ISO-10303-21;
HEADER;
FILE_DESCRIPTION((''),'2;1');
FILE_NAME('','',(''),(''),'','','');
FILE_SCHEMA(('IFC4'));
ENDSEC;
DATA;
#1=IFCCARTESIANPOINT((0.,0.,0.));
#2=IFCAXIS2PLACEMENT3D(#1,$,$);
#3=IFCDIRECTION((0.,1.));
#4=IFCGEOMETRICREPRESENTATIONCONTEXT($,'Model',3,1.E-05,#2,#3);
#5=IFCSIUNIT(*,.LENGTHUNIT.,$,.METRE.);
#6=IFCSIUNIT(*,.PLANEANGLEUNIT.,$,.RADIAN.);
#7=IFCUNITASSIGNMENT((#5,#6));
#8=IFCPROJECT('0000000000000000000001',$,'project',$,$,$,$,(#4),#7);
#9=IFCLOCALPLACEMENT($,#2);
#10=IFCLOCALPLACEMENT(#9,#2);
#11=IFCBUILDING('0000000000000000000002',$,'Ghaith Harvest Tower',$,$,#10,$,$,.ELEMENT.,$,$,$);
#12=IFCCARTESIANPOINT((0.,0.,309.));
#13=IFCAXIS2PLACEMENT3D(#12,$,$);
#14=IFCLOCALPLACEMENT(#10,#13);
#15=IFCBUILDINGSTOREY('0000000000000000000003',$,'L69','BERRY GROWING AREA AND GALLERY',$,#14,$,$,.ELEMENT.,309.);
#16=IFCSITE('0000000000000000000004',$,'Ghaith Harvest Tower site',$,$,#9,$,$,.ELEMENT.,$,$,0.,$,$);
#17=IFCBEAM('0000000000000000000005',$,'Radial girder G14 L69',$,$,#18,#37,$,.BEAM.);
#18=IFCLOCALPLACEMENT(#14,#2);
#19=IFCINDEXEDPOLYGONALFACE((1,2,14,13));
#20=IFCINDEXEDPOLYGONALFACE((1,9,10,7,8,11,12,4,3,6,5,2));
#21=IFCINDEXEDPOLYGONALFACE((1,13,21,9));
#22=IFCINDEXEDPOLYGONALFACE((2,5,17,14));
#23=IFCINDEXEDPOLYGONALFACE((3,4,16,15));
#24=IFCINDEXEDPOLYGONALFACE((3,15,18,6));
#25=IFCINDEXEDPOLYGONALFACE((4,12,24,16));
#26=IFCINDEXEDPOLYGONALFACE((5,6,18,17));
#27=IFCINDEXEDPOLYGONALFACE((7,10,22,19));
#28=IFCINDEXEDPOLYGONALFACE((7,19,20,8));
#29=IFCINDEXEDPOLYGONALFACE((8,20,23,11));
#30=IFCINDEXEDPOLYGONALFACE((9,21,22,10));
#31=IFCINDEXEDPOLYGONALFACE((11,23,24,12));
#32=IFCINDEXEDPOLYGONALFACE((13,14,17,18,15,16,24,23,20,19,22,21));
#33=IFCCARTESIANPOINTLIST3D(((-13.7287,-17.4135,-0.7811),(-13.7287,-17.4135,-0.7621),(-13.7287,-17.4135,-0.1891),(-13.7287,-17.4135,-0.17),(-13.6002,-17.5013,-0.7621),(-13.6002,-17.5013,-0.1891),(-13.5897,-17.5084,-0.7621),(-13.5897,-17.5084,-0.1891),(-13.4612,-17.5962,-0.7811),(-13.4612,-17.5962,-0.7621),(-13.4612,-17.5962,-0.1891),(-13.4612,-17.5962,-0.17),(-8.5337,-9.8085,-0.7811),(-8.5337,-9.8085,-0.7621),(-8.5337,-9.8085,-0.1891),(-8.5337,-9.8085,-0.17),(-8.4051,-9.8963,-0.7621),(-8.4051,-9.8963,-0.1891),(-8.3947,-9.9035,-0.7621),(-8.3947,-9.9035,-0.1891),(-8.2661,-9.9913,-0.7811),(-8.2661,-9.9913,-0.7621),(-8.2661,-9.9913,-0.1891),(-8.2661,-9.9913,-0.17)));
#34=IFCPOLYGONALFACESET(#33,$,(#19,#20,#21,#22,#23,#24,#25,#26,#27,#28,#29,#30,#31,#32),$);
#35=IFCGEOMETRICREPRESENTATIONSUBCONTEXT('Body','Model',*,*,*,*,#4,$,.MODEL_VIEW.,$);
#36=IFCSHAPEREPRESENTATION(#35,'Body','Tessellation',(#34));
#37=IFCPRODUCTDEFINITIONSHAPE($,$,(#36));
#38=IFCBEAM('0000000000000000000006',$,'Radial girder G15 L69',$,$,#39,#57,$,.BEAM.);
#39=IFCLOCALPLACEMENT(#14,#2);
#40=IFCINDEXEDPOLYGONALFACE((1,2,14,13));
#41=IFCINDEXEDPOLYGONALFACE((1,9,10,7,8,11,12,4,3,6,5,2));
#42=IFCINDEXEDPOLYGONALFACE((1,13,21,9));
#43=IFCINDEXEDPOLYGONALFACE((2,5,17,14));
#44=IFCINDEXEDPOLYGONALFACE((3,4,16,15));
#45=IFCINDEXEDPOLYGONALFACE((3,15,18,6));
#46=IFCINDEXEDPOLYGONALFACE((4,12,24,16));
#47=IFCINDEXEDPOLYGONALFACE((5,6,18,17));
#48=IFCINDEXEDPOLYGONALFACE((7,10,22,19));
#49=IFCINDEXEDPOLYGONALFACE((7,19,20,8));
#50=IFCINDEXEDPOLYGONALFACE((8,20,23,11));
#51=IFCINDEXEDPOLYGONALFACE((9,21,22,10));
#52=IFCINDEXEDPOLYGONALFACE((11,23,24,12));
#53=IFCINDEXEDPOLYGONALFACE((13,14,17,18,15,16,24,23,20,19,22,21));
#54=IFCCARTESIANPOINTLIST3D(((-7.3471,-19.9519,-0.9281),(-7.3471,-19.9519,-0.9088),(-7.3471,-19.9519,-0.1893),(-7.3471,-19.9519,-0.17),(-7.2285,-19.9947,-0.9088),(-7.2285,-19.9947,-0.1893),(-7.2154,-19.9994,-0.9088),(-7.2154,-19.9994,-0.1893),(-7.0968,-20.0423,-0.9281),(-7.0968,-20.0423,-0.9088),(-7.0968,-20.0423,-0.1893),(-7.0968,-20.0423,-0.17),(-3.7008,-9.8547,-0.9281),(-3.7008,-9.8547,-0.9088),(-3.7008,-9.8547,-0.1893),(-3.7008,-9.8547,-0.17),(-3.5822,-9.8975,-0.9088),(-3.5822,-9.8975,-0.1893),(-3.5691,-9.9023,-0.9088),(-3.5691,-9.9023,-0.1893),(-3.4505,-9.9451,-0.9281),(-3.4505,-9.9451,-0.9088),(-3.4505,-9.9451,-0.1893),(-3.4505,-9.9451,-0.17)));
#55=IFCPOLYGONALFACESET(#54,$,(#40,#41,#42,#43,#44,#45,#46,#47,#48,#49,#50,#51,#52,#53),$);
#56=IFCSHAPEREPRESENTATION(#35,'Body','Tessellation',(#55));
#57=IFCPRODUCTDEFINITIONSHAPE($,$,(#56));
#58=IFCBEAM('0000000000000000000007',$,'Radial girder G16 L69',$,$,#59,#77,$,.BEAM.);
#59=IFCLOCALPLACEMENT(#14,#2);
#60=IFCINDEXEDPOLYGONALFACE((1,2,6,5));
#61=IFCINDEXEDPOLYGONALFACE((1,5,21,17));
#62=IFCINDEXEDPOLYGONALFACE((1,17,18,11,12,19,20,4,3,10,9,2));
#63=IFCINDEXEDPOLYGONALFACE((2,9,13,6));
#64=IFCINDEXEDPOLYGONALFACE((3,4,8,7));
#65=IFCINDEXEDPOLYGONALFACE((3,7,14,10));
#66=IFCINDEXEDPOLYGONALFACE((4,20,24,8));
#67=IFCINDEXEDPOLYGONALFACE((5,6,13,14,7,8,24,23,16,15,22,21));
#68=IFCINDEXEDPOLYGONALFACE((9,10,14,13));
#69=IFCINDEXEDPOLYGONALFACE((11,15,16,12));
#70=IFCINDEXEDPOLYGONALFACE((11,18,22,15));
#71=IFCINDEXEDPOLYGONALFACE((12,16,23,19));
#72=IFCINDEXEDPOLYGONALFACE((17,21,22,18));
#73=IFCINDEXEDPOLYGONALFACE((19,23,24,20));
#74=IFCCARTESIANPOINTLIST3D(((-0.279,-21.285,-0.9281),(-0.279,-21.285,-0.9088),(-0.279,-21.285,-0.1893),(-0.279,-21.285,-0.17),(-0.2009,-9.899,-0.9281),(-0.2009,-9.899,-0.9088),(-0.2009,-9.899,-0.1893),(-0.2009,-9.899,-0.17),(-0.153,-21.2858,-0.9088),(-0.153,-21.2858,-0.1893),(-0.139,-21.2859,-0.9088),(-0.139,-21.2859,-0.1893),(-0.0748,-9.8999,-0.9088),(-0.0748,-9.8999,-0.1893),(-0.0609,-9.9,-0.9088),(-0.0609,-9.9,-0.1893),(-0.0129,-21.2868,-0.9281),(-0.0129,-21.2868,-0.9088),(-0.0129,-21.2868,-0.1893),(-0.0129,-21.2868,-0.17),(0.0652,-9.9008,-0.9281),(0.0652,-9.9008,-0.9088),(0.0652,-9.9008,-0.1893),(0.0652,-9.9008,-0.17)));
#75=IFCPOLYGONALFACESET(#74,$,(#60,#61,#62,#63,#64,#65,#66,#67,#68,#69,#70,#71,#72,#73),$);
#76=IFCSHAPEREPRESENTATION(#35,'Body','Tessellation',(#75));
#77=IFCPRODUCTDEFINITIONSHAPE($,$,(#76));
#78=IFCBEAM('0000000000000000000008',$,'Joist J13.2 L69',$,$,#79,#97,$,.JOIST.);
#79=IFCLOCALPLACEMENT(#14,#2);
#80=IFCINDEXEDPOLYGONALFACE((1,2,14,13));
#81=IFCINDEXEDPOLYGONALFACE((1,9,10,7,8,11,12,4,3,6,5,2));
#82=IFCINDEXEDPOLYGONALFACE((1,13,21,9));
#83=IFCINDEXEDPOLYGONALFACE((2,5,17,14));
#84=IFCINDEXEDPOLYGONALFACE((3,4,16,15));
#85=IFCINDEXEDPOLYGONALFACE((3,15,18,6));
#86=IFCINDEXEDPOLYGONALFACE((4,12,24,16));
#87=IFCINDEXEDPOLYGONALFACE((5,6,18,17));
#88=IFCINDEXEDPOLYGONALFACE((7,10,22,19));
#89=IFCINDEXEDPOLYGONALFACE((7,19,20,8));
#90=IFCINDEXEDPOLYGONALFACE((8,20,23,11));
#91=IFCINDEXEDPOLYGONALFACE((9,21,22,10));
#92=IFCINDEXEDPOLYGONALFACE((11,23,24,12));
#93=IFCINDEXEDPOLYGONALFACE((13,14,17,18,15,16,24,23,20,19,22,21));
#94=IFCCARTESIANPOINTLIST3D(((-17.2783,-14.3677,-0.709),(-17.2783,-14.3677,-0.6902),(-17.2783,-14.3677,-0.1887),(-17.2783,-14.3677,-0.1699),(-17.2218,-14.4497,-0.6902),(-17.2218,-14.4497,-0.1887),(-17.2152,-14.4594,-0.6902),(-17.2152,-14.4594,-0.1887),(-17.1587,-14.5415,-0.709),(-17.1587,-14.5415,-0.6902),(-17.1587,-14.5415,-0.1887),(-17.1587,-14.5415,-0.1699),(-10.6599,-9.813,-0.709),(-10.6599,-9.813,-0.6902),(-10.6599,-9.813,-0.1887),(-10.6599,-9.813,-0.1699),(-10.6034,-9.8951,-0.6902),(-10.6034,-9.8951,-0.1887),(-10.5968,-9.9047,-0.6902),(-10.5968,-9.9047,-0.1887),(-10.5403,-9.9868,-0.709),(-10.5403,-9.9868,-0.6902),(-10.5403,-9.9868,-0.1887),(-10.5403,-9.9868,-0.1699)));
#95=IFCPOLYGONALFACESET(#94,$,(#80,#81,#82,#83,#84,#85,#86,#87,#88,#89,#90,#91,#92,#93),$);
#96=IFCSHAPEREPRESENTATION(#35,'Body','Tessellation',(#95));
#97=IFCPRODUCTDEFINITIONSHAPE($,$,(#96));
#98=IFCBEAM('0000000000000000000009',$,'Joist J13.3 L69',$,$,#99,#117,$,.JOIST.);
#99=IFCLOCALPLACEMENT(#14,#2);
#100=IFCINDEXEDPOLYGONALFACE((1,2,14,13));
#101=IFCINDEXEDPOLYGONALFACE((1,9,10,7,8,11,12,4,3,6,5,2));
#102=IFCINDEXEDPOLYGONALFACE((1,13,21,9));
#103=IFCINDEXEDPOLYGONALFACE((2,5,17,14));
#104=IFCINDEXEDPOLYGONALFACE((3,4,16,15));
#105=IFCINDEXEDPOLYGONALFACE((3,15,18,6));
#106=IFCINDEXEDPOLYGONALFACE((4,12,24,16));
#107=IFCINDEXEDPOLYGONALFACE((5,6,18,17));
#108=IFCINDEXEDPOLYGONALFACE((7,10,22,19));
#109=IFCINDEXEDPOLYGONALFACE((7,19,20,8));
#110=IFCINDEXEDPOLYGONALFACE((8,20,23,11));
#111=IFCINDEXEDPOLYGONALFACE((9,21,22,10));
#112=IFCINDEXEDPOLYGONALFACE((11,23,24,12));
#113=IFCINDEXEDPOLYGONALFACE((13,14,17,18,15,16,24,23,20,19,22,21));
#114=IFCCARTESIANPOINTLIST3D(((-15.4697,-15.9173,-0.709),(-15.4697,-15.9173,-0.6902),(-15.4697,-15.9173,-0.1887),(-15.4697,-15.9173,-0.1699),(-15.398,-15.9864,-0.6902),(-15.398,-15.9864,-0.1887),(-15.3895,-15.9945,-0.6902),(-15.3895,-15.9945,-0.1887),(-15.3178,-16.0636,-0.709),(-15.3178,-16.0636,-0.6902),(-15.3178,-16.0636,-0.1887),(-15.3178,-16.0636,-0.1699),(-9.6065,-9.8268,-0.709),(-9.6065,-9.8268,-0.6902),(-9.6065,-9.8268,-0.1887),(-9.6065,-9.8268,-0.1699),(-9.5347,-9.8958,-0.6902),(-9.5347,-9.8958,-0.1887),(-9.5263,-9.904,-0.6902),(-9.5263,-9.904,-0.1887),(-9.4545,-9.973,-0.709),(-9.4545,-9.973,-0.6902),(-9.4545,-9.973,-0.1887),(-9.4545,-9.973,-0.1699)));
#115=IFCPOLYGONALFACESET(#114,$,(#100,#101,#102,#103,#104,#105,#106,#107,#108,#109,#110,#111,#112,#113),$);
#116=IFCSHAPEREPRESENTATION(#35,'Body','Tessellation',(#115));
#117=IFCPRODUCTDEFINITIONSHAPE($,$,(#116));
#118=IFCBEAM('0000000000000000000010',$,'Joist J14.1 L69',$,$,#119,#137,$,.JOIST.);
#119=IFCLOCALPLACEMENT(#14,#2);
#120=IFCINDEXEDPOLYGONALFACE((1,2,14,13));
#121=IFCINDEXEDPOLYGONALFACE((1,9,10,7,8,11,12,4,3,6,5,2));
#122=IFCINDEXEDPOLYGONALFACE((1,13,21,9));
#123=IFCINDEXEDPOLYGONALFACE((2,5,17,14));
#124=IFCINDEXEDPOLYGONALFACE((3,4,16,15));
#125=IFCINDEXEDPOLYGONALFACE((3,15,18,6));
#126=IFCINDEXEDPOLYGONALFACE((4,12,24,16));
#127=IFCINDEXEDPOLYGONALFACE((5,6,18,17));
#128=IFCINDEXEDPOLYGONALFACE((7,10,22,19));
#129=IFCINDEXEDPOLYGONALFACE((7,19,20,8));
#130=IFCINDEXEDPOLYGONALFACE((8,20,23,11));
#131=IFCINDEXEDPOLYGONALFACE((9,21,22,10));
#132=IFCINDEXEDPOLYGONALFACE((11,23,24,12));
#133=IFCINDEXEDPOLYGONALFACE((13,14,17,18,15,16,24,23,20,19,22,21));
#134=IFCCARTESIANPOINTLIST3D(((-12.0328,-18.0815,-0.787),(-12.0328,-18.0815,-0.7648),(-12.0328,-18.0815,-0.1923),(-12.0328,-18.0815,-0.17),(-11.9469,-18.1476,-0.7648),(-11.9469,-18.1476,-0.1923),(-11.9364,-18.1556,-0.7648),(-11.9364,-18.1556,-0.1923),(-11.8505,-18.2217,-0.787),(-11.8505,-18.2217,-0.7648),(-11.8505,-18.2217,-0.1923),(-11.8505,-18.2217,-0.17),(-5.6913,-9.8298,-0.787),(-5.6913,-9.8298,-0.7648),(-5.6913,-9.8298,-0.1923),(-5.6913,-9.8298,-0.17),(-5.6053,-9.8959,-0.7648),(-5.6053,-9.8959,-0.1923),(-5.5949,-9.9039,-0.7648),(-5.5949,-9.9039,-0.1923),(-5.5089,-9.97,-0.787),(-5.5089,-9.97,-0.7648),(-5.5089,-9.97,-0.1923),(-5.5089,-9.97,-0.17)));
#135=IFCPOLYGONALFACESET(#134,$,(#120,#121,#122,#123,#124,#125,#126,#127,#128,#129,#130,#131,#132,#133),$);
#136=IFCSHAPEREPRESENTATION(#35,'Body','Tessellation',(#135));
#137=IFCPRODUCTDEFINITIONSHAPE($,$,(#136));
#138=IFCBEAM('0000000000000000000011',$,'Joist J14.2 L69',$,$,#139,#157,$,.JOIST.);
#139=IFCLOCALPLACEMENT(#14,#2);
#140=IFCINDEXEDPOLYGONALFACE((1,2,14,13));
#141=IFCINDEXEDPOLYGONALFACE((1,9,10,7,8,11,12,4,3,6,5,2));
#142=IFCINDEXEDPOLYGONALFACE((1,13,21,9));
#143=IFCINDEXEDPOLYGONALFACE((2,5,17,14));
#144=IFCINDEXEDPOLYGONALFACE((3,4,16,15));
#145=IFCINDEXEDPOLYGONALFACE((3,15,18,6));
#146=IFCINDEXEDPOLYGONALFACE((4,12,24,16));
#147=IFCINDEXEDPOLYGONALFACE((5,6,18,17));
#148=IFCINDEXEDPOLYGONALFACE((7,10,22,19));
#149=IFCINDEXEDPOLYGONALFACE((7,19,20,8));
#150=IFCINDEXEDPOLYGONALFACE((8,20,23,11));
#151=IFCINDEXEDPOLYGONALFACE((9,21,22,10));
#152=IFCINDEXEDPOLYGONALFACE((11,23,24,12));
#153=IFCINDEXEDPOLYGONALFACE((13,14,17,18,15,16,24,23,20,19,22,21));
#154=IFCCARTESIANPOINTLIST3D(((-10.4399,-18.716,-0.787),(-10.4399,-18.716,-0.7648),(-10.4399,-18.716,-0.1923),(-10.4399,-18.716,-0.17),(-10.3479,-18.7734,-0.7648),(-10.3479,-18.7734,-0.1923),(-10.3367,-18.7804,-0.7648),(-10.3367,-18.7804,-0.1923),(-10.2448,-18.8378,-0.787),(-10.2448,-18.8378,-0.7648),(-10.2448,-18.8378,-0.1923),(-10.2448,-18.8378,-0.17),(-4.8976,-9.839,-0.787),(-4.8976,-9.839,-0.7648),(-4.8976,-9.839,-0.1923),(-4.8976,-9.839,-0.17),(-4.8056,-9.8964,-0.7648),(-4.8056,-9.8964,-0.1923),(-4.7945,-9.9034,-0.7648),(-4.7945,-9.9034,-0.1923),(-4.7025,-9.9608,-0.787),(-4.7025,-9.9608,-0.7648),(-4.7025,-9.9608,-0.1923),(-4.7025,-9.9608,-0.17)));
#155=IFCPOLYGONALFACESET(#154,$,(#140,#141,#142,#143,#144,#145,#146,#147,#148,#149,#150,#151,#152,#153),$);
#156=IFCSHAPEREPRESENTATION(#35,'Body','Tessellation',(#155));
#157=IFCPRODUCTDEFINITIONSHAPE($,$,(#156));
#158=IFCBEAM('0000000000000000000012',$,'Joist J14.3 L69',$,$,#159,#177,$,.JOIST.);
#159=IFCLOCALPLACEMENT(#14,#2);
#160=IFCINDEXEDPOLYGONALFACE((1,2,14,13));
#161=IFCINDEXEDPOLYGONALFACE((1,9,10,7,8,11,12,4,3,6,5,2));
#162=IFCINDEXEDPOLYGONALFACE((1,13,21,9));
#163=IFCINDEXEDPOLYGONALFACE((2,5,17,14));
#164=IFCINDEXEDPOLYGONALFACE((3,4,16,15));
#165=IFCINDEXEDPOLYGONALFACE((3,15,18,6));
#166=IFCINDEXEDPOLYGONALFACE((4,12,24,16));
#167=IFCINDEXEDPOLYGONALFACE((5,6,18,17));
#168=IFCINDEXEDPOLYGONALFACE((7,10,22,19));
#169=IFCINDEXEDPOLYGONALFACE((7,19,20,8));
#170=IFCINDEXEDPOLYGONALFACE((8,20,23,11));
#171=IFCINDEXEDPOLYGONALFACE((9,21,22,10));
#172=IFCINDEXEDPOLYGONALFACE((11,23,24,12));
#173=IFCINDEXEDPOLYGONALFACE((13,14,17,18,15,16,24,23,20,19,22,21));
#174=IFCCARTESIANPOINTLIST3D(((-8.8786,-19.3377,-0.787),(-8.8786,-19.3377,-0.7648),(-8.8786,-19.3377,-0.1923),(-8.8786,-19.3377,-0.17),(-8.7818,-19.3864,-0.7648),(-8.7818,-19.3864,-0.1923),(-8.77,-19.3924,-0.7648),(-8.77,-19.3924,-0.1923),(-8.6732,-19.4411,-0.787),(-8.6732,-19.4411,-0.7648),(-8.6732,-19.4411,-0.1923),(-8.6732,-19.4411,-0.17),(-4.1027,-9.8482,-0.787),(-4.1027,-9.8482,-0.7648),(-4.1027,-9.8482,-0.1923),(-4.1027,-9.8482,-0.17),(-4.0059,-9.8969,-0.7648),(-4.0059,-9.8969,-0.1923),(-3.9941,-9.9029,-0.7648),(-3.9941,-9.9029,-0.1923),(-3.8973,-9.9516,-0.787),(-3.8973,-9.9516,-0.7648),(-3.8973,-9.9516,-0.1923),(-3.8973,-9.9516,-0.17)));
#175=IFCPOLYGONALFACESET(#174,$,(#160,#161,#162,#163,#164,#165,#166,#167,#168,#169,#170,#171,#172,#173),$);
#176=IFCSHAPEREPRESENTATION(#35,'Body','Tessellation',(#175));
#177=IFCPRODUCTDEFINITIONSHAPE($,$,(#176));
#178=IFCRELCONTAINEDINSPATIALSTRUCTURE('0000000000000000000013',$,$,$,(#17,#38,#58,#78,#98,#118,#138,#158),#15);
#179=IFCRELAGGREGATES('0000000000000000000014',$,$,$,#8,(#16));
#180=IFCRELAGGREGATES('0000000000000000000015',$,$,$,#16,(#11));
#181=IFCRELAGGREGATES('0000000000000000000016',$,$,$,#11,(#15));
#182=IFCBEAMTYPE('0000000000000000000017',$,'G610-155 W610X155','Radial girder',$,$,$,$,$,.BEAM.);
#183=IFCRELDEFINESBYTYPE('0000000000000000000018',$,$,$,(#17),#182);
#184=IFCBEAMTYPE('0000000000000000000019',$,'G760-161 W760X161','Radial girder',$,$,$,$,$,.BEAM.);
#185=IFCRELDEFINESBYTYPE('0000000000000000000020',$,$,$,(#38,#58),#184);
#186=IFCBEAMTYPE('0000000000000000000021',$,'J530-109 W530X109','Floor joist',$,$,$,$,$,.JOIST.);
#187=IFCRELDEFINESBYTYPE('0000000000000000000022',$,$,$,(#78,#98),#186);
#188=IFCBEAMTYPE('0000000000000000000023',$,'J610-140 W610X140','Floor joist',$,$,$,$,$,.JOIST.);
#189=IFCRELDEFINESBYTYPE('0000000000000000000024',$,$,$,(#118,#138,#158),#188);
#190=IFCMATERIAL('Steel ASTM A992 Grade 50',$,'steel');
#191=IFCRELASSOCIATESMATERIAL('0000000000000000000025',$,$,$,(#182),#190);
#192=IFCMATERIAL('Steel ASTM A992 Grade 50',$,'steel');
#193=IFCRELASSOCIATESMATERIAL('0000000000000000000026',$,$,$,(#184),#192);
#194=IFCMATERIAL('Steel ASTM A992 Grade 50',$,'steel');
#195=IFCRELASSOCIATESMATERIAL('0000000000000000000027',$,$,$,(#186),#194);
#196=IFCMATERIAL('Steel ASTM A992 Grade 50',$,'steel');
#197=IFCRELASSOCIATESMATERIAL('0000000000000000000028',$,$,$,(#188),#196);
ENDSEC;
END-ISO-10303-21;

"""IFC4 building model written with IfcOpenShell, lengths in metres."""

from ifc_helpers import new_model, si_unit, direction, frame, origin, origin_2d, place, context, subcontext, project, spatial, i_section, extrude, material, material_profile, profile_set, type_object, element, save


model = new_model("IFC4")

# Units and contexts
model_context = context("Model", 3, precision=1e-05, world=origin(), true_north=direction((0.0, 1.0)))
body_context = subcontext(model_context, "Body", "Model", "MODEL_VIEW")
ifc_project = project(units=[si_unit("LENGTHUNIT", "METRE"), si_unit("PLANEANGLEUNIT", "RADIAN")], contexts=[model_context])

# Site, building, storey
site_placement = place(None, origin())
site = spatial("IfcSite", under=ifc_project, at=site_placement, Name="Ghaith Harvest Tower site", CompositionType="ELEMENT", RefElevation=0.0)
building_placement = place(site_placement, origin())
building = spatial("IfcBuilding", under=site, at=building_placement, Name="Ghaith Harvest Tower", CompositionType="ELEMENT")
storey_placement = place(building_placement, frame((0.0, 0.0, 309.0)))
storey = spatial("IfcBuildingStorey", under=building, at=storey_placement, Name="L69", Description="BERRY GROWING AREA AND GALLERY", CompositionType="ELEMENT", Elevation=309.0)

# Beams
ifc_material_1 = material(Name="Steel ASTM A992 Grade 50", Category="steel")
ifc_material_profile_1 = material_profile(ifc_material_1, i_section(OverallWidth=0.324, OverallDepth=0.6111, WebThickness=0.0127, FlangeThickness=0.019, at=origin_2d()), Name="W610X155")
ifc_profile_set_1 = profile_set([ifc_material_profile_1], Name="Steel ASTM A992 Grade 50")
beam_type_1 = type_object("IfcBeamType", Name="G610-155 W610X155", Description="Radial girder", PredefinedType="BEAM", material=ifc_profile_set_1)
beam_1_placement = place(storey_placement, frame((-8.3999, -9.8999, -0.4756), z_axis=(-0.564067, -0.825729, 0.0), x_axis=(0.825729, -0.564067, 0.0)))
element("IfcBeam", 1, at=beam_1_placement, inside=storey, type_object=beam_type_1, Name="Radial girder G14 L69", PredefinedType="BEAM", context=body_context, shape_type="SweptSolid", body=[
    extrude(i_section(OverallWidth=0.324, OverallDepth=0.6111, WebThickness=0.0127, FlangeThickness=0.019, at=origin_2d()), origin(), (0.0, 0.0, 1.0), 9.21),
])
ifc_material_2 = material(Name="Steel ASTM A992 Grade 50", Category="steel")
ifc_material_profile_2 = material_profile(ifc_material_2, i_section(OverallWidth=0.2661, OverallDepth=0.7581, WebThickness=0.0139, FlangeThickness=0.0193, at=origin_2d()), Name="W760X161")
ifc_profile_set_2 = profile_set([ifc_material_profile_2], Name="Steel ASTM A992 Grade 50")
beam_type_2 = type_object("IfcBeamType", Name="G760-161 W760X161", Description="Radial girder", PredefinedType="BEAM", material=ifc_profile_set_2)
beam_2_placement = place(storey_placement, frame((-3.5757, -9.8999, -0.5491), z_axis=(-0.339648, -0.940553, 0.0), x_axis=(0.940553, -0.339648, 0.0)))
element("IfcBeam", 2, at=beam_2_placement, inside=storey, type_object=beam_type_2, Name="Radial girder G15 L69", PredefinedType="BEAM", context=body_context, shape_type="SweptSolid", body=[
    extrude(i_section(OverallWidth=0.2661, OverallDepth=0.7581, WebThickness=0.0139, FlangeThickness=0.0193, at=origin_2d()), origin(), (0.0, 0.0, 1.0), 10.7354),
])
beam_3_placement = place(storey_placement, frame((-0.0679, -9.8999, -0.5491), z_axis=(-0.006861, -0.999976, 0.0), x_axis=(0.999976, -0.006861, 0.0)))
element("IfcBeam", 3, at=beam_3_placement, inside=storey, type_object=beam_type_2, Name="Radial girder G16 L69", PredefinedType="BEAM", context=body_context, shape_type="SweptSolid", body=[
    extrude(i_section(OverallWidth=0.2661, OverallDepth=0.7581, WebThickness=0.0139, FlangeThickness=0.0193, at=origin_2d()), origin(), (0.0, 0.0, 1.0), 11.3862),
])
ifc_material_3 = material(Name="Steel ASTM A992 Grade 50", Category="steel")
ifc_material_profile_3 = material_profile(ifc_material_3, i_section(OverallWidth=0.2109, OverallDepth=0.5391, WebThickness=0.0117, FlangeThickness=0.0188, at=origin_2d()), Name="W530X109")
ifc_profile_set_3 = profile_set([ifc_material_profile_3], Name="Steel ASTM A992 Grade 50")
beam_type_3 = type_object("IfcBeamType", Name="J530-109 W530X109", Description="Floor joist", PredefinedType="JOIST", material=ifc_profile_set_3)
beam_4_placement = place(storey_placement, frame((-10.6001, -9.8999, -0.4395), z_axis=(-0.823779, -0.566912, 0.0), x_axis=(0.566912, -0.823779, 0.0)))
element("IfcBeam", 4, at=beam_4_placement, inside=storey, type_object=beam_type_3, Name="Joist J13.2 L69", PredefinedType="JOIST", context=body_context, shape_type="SweptSolid", body=[
    extrude(i_section(OverallWidth=0.2109, OverallDepth=0.5391, WebThickness=0.0117, FlangeThickness=0.0188, at=origin_2d()), origin(), (0.0, 0.0, 1.0), 8.0342),
])
beam_5_placement = place(storey_placement, frame((-9.5305, -9.8999, -0.4395), z_axis=(-0.693536, -0.720422, 0.0), x_axis=(0.720422, -0.693536, 0.0)))
element("IfcBeam", 5, at=beam_5_placement, inside=storey, type_object=beam_type_3, Name="Joist J13.3 L69", PredefinedType="JOIST", context=body_context, shape_type="SweptSolid", body=[
    extrude(i_section(OverallWidth=0.2109, OverallDepth=0.5391, WebThickness=0.0117, FlangeThickness=0.0188, at=origin_2d()), origin(), (0.0, 0.0, 1.0), 8.4541),
])
ifc_material_4 = material(Name="Steel ASTM A992 Grade 50", Category="steel")
ifc_material_profile_4 = material_profile(ifc_material_4, i_section(OverallWidth=0.23, OverallDepth=0.6169, WebThickness=0.0132, FlangeThickness=0.0222, at=origin_2d()), Name="W610X140")
ifc_profile_set_4 = profile_set([ifc_material_profile_4], Name="Steel ASTM A992 Grade 50")
beam_type_4 = type_object("IfcBeamType", Name="J610-140 W610X140", Description="Floor joist", PredefinedType="JOIST", material=ifc_profile_set_4)
beam_6_placement = place(storey_placement, frame((-5.6001, -9.8999, -0.4785), z_axis=(-0.609354, -0.792899, 0.0), x_axis=(0.792899, -0.609354, 0.0)))
element("IfcBeam", 6, at=beam_6_placement, inside=storey, type_object=beam_type_4, Name="Joist J14.1 L69", PredefinedType="JOIST", context=body_context, shape_type="SweptSolid", body=[
    extrude(i_section(OverallWidth=0.23, OverallDepth=0.6169, WebThickness=0.0132, FlangeThickness=0.0222, at=origin_2d()), origin(), (0.0, 0.0, 1.0), 10.407),
])
beam_7_placement = place(storey_placement, frame((-4.8, -9.8999, -0.4785), z_axis=(-0.529596, -0.84825, 0.0), x_axis=(0.84825, -0.529596, 0.0)))
element("IfcBeam", 7, at=beam_7_placement, inside=storey, type_object=beam_type_4, Name="Joist J14.2 L69", PredefinedType="JOIST", context=body_context, shape_type="SweptSolid", body=[
    extrude(i_section(OverallWidth=0.23, OverallDepth=0.6169, WebThickness=0.0132, FlangeThickness=0.0222, at=origin_2d()), origin(), (0.0, 0.0, 1.0), 10.4651),
])
beam_8_placement = place(storey_placement, frame((-4.0, -9.8999, -0.4785), z_axis=(-0.449556, -0.893252, 0.0), x_axis=(0.893252, -0.449556, 0.0)))
element("IfcBeam", 8, at=beam_8_placement, inside=storey, type_object=beam_type_4, Name="Joist J14.3 L69", PredefinedType="JOIST", context=body_context, shape_type="SweptSolid", body=[
    extrude(i_section(OverallWidth=0.23, OverallDepth=0.6169, WebThickness=0.0132, FlangeThickness=0.0222, at=origin_2d()), origin(), (0.0, 0.0, 1.0), 10.6235),
])

save(model, "model.ifc")
